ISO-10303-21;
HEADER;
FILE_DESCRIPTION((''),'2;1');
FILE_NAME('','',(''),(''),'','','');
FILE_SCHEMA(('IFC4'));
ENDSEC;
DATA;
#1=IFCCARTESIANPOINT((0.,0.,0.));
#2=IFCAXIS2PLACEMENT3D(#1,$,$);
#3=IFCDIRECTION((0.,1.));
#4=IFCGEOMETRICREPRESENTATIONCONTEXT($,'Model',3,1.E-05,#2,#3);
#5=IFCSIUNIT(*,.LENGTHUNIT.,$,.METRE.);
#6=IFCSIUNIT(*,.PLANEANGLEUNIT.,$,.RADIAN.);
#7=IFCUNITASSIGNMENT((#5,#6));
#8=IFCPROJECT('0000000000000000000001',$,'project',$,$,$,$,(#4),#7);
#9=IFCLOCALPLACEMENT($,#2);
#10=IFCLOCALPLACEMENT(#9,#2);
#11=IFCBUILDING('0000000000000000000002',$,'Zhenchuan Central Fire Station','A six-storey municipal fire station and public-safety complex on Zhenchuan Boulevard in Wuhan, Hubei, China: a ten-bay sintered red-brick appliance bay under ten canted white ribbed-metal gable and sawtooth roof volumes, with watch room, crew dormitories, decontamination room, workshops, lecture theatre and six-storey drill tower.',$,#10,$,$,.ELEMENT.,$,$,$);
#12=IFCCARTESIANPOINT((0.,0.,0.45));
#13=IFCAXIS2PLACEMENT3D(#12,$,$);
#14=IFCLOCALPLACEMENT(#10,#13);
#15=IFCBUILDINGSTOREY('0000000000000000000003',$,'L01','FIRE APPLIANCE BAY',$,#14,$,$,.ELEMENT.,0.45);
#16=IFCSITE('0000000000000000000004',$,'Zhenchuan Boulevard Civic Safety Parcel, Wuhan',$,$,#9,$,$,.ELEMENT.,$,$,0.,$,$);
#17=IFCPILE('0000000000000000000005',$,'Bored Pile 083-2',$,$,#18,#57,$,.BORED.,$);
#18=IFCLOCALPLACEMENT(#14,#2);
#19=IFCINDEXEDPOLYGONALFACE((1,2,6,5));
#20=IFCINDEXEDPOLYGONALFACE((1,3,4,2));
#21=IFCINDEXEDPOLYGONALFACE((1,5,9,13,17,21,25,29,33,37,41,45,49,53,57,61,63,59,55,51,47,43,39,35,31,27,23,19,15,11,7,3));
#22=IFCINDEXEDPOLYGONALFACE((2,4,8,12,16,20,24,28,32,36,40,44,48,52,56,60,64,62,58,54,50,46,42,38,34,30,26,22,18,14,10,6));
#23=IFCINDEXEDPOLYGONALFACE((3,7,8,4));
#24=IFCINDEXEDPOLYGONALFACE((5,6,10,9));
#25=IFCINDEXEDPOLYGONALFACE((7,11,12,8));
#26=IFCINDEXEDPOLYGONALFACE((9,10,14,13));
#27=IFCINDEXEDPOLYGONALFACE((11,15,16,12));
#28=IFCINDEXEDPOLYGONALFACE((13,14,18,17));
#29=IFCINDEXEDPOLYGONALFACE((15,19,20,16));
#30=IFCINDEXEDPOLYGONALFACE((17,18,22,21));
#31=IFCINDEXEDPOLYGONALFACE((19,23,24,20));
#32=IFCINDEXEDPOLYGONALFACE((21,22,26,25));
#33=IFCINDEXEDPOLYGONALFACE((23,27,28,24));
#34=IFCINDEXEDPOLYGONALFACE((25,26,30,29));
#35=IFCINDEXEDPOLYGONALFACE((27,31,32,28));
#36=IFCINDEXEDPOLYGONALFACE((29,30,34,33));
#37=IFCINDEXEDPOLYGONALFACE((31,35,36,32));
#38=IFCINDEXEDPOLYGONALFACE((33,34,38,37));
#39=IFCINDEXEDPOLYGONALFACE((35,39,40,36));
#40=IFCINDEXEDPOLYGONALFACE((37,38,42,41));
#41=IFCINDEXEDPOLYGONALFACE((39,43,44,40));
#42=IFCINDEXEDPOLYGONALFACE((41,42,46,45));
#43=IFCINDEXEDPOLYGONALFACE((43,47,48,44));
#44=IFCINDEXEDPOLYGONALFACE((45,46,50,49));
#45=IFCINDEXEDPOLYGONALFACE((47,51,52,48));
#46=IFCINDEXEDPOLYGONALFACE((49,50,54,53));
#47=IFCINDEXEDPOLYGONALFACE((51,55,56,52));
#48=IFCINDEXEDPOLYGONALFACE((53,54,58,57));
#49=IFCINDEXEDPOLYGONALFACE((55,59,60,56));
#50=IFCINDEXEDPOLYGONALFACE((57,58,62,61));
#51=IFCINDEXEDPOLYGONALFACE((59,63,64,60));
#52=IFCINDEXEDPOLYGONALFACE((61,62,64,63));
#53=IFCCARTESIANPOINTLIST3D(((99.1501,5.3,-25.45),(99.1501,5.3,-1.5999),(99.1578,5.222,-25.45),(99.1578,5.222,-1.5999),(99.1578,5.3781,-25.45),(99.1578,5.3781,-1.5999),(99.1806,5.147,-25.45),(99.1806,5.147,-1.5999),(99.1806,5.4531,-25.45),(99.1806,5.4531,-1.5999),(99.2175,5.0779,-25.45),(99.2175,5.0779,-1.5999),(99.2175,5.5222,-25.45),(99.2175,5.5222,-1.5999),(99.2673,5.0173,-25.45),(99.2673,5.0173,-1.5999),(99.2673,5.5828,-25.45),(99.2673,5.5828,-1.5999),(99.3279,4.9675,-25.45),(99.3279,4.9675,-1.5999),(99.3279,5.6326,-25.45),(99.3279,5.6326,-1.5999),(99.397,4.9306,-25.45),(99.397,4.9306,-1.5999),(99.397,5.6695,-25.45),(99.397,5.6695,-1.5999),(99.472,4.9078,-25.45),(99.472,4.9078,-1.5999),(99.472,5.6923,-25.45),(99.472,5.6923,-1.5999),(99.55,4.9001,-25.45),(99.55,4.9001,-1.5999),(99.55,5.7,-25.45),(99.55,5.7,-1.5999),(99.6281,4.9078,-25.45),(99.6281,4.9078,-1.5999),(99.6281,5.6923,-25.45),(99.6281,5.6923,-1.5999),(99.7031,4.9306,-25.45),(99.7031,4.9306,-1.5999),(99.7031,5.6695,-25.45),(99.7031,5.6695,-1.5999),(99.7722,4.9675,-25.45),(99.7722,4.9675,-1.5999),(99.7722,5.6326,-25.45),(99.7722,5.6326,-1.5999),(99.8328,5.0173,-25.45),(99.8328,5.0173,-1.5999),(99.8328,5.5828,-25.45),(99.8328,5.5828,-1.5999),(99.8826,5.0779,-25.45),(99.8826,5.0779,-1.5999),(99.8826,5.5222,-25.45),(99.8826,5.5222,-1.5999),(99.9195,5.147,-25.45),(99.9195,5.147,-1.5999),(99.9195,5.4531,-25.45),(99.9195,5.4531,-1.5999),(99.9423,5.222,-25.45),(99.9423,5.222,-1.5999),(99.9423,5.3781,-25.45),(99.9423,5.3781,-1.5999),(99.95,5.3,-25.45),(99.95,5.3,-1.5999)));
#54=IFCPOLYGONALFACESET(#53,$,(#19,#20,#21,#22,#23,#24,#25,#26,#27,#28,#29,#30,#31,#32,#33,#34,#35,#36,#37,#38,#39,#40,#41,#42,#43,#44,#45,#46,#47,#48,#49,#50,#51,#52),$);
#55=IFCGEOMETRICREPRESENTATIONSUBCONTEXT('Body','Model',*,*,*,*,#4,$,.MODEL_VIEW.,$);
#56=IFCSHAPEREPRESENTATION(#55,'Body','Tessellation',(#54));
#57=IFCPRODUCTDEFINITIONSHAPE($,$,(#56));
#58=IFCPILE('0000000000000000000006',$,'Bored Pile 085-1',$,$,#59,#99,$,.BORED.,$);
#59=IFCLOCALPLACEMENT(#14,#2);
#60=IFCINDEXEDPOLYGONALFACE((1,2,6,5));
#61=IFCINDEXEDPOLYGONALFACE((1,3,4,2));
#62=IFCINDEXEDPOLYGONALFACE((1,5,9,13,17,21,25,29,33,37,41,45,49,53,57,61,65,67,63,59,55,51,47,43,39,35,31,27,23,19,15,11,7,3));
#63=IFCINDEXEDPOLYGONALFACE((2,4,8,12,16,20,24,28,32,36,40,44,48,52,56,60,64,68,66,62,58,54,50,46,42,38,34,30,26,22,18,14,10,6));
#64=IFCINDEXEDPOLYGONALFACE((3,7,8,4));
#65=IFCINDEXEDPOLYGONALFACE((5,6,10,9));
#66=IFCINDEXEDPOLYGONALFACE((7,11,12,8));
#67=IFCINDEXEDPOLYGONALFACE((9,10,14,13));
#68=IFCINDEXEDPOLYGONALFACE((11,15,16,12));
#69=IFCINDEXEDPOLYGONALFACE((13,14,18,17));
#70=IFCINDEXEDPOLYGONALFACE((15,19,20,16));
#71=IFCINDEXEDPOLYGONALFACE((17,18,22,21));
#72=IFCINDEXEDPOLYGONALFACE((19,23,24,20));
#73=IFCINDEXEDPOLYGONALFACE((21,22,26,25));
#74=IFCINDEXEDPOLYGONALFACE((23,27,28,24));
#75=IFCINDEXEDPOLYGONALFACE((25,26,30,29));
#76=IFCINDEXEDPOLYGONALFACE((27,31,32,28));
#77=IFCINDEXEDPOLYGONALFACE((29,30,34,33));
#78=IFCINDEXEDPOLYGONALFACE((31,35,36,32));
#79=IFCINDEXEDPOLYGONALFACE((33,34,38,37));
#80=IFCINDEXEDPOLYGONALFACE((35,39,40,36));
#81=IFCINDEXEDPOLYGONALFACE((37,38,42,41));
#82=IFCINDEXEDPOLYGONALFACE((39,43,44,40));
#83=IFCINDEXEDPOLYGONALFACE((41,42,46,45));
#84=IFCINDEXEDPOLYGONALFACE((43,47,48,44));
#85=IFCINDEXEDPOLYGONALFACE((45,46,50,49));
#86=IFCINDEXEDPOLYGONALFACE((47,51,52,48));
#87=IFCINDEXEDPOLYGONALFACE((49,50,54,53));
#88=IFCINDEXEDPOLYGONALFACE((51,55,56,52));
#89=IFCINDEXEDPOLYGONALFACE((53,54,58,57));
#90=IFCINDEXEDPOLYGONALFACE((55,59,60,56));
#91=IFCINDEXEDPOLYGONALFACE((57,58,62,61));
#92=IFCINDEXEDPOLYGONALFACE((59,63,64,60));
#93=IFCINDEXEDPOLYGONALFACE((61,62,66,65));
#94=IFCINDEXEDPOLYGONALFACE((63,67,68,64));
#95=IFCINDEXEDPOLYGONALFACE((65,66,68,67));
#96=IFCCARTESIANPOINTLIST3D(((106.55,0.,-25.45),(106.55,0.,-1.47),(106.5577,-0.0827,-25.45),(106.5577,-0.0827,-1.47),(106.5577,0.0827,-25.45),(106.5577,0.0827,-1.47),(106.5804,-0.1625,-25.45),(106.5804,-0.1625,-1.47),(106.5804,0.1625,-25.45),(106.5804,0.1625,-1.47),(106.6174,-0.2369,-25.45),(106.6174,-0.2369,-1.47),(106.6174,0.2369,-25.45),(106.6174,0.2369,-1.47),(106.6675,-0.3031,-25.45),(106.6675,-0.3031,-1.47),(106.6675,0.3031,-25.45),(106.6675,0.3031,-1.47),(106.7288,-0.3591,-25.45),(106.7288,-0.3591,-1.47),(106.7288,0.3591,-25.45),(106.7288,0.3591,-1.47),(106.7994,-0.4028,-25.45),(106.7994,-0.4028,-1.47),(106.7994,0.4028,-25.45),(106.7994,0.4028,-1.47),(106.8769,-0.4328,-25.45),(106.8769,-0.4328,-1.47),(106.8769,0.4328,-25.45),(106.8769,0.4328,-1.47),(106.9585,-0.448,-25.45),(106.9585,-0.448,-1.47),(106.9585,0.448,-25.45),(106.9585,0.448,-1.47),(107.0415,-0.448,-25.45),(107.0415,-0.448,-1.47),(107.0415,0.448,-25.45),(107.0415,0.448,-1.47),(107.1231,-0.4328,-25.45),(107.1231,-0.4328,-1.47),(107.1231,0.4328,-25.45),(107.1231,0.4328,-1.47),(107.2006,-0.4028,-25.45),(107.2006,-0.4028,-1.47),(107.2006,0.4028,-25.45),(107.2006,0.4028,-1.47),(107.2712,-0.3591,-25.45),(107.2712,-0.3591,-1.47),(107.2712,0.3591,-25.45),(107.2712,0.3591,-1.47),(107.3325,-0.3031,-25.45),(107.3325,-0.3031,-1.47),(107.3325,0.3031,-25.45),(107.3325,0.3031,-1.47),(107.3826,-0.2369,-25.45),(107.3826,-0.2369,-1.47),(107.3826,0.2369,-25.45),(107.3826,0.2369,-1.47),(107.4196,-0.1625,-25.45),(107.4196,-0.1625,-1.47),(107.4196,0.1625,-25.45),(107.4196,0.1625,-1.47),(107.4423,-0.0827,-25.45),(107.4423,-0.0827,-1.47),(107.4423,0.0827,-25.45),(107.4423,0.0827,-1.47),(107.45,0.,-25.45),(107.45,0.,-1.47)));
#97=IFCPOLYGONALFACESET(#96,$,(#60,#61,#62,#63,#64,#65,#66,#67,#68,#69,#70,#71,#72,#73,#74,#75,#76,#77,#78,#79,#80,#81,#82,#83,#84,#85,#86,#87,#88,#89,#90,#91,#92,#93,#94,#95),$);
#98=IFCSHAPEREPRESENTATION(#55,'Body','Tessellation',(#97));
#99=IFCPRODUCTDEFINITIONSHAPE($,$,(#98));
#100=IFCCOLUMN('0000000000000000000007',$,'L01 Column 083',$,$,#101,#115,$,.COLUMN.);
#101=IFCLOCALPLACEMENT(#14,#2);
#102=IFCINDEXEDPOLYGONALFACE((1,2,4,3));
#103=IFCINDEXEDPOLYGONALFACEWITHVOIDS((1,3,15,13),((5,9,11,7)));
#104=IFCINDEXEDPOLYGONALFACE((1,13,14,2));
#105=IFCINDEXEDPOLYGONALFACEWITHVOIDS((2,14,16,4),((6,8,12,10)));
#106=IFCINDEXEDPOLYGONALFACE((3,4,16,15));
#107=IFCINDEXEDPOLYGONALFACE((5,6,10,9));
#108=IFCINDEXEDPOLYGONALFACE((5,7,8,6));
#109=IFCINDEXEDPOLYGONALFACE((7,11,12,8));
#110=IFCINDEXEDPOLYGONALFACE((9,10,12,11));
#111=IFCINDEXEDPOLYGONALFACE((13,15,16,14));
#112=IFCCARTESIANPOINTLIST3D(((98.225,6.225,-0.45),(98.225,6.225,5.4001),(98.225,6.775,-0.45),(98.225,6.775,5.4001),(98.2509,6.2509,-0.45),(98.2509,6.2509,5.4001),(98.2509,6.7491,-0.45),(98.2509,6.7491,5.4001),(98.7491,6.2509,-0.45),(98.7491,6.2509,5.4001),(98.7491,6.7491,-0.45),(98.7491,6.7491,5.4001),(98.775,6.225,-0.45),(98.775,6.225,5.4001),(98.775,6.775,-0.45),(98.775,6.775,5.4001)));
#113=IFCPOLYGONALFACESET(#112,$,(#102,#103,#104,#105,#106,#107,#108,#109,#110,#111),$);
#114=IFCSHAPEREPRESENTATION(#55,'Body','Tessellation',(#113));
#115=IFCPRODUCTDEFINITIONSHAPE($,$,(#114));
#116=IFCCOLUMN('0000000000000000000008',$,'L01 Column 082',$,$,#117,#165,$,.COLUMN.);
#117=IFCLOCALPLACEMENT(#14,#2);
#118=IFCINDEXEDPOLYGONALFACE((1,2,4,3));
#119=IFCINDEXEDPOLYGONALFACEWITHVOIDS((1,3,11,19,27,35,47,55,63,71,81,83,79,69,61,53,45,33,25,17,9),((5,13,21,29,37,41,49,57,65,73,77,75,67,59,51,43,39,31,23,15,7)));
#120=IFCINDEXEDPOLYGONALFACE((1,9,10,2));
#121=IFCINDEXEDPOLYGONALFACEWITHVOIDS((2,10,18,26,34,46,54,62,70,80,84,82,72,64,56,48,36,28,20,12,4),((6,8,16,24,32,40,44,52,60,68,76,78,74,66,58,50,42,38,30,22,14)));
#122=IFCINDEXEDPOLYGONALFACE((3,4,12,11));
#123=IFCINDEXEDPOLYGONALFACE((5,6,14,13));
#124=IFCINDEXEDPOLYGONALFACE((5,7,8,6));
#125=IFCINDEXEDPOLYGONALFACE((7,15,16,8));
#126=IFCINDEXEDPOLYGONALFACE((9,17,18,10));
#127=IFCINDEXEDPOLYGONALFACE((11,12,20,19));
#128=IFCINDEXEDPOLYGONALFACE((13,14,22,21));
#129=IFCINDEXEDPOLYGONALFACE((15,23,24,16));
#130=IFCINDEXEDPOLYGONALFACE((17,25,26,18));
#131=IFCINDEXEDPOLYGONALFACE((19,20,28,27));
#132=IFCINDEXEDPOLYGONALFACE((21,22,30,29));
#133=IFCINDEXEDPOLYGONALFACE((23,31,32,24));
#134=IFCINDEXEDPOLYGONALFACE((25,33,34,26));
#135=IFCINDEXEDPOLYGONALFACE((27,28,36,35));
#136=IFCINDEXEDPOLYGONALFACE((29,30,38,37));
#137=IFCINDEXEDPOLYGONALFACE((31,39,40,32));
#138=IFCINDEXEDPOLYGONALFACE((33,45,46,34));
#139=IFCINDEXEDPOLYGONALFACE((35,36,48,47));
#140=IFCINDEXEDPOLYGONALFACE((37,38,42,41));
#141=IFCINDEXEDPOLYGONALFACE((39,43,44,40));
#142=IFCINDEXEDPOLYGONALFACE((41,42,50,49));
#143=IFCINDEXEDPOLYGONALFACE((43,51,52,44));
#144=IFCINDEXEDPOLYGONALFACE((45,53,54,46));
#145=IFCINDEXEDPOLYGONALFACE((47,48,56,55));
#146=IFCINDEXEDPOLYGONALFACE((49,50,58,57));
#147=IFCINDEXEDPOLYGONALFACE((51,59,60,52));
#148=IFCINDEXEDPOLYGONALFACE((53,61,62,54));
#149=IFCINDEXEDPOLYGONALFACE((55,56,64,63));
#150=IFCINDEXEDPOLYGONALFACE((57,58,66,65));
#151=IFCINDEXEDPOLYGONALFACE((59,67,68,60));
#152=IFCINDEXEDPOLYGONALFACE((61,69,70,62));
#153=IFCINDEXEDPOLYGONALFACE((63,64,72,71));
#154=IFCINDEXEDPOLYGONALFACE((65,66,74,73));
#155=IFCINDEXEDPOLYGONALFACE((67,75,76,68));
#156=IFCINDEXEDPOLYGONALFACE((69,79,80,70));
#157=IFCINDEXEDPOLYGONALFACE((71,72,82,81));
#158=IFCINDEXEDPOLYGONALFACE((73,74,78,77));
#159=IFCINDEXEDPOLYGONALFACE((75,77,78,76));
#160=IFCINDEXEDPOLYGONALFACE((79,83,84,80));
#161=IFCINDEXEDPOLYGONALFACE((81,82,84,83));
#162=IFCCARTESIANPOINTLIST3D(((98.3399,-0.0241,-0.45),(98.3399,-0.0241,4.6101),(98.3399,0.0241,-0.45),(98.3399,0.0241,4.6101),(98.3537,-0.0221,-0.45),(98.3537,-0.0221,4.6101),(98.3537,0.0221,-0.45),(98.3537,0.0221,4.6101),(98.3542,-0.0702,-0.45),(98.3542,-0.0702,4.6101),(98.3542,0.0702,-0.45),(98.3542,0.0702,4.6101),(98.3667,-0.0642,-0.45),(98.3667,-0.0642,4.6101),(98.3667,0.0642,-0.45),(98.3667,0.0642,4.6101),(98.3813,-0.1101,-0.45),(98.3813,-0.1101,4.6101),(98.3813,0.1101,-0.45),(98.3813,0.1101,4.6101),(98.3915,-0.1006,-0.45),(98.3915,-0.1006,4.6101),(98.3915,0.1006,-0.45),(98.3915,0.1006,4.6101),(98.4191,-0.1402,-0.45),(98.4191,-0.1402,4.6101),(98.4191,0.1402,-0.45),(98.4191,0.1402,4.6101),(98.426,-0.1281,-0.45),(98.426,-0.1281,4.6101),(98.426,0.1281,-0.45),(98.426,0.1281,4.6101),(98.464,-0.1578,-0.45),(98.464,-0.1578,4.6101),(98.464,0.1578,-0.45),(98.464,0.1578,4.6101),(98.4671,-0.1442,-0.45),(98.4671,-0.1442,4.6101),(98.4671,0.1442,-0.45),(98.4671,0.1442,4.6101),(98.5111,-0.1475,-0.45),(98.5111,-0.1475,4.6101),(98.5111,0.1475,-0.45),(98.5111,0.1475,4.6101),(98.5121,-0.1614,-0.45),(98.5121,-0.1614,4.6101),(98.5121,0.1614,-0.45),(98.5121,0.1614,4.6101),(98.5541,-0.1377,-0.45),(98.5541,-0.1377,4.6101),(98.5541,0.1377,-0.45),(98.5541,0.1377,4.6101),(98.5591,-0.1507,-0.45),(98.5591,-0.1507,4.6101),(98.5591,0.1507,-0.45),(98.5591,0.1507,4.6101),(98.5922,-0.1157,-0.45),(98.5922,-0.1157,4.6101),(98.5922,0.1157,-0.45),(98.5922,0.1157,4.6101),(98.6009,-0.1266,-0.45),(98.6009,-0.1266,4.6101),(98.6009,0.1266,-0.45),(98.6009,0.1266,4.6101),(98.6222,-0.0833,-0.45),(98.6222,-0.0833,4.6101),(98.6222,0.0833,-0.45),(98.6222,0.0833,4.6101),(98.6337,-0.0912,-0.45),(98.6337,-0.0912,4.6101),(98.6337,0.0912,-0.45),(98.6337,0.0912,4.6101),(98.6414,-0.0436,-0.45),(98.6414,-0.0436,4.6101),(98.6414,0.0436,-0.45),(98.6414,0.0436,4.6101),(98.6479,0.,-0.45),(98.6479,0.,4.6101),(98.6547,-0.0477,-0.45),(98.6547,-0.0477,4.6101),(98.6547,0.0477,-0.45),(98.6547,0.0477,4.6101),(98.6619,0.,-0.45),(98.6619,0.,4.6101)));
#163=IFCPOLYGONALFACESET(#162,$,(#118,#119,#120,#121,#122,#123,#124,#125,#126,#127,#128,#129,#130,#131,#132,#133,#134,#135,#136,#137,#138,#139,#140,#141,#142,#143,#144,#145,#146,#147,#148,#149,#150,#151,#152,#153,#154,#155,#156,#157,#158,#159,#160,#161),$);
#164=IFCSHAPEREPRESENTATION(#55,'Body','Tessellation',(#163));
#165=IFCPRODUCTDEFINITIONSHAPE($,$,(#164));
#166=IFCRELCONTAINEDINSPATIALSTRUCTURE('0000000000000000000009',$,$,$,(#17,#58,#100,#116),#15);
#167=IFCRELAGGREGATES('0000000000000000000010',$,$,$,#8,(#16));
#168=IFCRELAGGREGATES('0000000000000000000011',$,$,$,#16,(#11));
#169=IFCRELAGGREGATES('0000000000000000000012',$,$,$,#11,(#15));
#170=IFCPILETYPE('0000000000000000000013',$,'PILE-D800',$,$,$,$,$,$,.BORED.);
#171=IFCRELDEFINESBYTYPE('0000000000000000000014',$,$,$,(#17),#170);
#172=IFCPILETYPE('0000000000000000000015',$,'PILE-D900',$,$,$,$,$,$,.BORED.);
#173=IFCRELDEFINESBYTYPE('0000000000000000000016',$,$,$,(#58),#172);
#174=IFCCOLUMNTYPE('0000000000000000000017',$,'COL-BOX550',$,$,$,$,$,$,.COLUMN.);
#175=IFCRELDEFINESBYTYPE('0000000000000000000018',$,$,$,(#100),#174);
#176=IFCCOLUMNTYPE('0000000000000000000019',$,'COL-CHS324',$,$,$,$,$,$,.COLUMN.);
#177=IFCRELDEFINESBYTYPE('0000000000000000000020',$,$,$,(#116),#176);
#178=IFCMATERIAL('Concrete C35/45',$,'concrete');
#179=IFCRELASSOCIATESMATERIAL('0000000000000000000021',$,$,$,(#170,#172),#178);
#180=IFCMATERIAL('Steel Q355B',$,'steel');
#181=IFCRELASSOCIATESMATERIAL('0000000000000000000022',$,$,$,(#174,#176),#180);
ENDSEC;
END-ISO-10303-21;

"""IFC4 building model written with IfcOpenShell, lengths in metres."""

from ifc_helpers import new_model, si_unit, direction, frame, origin, origin_2d, place, context, subcontext, project, spatial, hollow_rectangle, circle, hollow_circle, extrude, material, material_profile, profile_set, type_object, element, save


model = new_model("IFC4")

# Units and contexts
model_context = context("Model", 3, precision=1e-05, world=origin(), true_north=direction((0.0, 1.0)))
body_context = subcontext(model_context, "Body", "Model", "MODEL_VIEW")
ifc_project = project(units=[si_unit("LENGTHUNIT", "METRE"), si_unit("PLANEANGLEUNIT", "RADIAN")], contexts=[model_context])

# Site, building, storey
site_placement = place(None, origin())
site = spatial("IfcSite", under=ifc_project, at=site_placement, Name="Zhenchuan Boulevard Civic Safety Parcel, Wuhan", CompositionType="ELEMENT", RefElevation=0.0)
building_placement = place(site_placement, origin())
building = spatial("IfcBuilding", under=site, at=building_placement, Name="Zhenchuan Central Fire Station", Description="A six-storey municipal fire station and public-safety complex on Zhenchuan Boulevard in Wuhan, Hubei, China: a ten-bay sintered red-brick appliance bay under ten canted white ribbed-metal gable and sawtooth roof volumes, with watch room, crew dormitories, decontamination room, workshops, lecture theatre and six-storey drill tower.", CompositionType="ELEMENT")
storey_placement = place(building_placement, frame((0.0, 0.0, 0.45)))
storey = spatial("IfcBuildingStorey", under=building, at=storey_placement, Name="L01", Description="FIRE APPLIANCE BAY", CompositionType="ELEMENT", Elevation=0.45)

# Piles
ifc_material_1 = material(Name="Concrete C35/45", Category="concrete")
ifc_material_profile_1 = material_profile(ifc_material_1, circle(Radius=0.3999, at=origin_2d()), Name="PILE D800")
ifc_profile_set_1 = profile_set([ifc_material_profile_1], Name="Concrete C35/45")
pile_type_1 = type_object("IfcPileType", Name="PILE-D800", PredefinedType="BORED", material=ifc_profile_set_1)
for number, where, z_axis, x_axis, name in (
    (1, (99.55, 5.3, -1.5999), (0.0, 0.0, -1.0), (1.0, 0.0, 0.0), "Bored Pile 083-2"),
):
    element("IfcPile", number, at=place(storey_placement, frame(where, z_axis=z_axis, x_axis=x_axis)), inside=storey, type_object=pile_type_1, Name=name, PredefinedType="BORED", context=body_context, shape_type="SweptSolid", body=[
        extrude(circle(Radius=0.3999, at=origin_2d()), origin(), (0.0, 0.0, 1.0), 23.8501),
    ])
ifc_material_profile_2 = material_profile(ifc_material_1, circle(Radius=0.45, at=origin_2d()), Name="PILE D900")
ifc_profile_set_2 = profile_set([ifc_material_profile_2], Name="Concrete C35/45")
pile_type_2 = type_object("IfcPileType", Name="PILE-D900", PredefinedType="BORED", material=ifc_profile_set_2)
pile_1_placement = place(storey_placement, frame((107.0, 0.0, -1.47), z_axis=(0.0, 0.0, -1.0), x_axis=(1.0, 0.0, 0.0)))
element("IfcPile", 2, at=pile_1_placement, inside=storey, type_object=pile_type_2, Name="Bored Pile 085-1", PredefinedType="BORED", context=body_context, shape_type="SweptSolid", body=[
    extrude(circle(Radius=0.45, at=origin_2d()), origin(), (0.0, 0.0, 1.0), 23.98),
])

# Columns
ifc_material_2 = material(Name="Steel Q355B", Category="steel")
ifc_material_profile_3 = material_profile(ifc_material_2, hollow_rectangle(XDim=0.55, YDim=0.55, WallThickness=0.0259, at=origin_2d()), Name="BOX 550x550x26")
ifc_profile_set_3 = profile_set([ifc_material_profile_3], Name="Steel Q355B")
column_type_1 = type_object("IfcColumnType", Name="COL-BOX550", PredefinedType="COLUMN", material=ifc_profile_set_3)
column_1_placement = place(storey_placement, frame((98.5, 6.5, -0.45), z_axis=(0.0, 0.0, 1.0), x_axis=(1.0, 0.0, 0.0)))
element("IfcColumn", 3, at=column_1_placement, inside=storey, type_object=column_type_1, Name="L01 Column 083", PredefinedType="COLUMN", context=body_context, shape_type="SweptSolid", body=[
    extrude(hollow_rectangle(XDim=0.55, YDim=0.55, WallThickness=0.0259, at=origin_2d()), origin(), (0.0, 0.0, 1.0), 5.8501),
])
ifc_material_profile_4 = material_profile(ifc_material_2, hollow_circle(Radius=0.1619, WallThickness=0.0139, at=origin_2d()), Name="CHS 323.9x14")
ifc_profile_set_4 = profile_set([ifc_material_profile_4], Name="Steel Q355B")
column_type_2 = type_object("IfcColumnType", Name="COL-CHS324", PredefinedType="COLUMN", material=ifc_profile_set_4)
column_2_placement = place(storey_placement, frame((98.5, 0.0, -0.45), z_axis=(0.0, 0.0, 1.0), x_axis=(1.0, 0.0, 0.0)))
element("IfcColumn", 4, at=column_2_placement, inside=storey, type_object=column_type_2, Name="L01 Column 082", PredefinedType="COLUMN", context=body_context, shape_type="SweptSolid", body=[
    extrude(hollow_circle(Radius=0.1619, WallThickness=0.0139, at=origin_2d()), origin(), (0.0, 0.0, 1.0), 5.0601),
])

save(model, "model.ifc")
